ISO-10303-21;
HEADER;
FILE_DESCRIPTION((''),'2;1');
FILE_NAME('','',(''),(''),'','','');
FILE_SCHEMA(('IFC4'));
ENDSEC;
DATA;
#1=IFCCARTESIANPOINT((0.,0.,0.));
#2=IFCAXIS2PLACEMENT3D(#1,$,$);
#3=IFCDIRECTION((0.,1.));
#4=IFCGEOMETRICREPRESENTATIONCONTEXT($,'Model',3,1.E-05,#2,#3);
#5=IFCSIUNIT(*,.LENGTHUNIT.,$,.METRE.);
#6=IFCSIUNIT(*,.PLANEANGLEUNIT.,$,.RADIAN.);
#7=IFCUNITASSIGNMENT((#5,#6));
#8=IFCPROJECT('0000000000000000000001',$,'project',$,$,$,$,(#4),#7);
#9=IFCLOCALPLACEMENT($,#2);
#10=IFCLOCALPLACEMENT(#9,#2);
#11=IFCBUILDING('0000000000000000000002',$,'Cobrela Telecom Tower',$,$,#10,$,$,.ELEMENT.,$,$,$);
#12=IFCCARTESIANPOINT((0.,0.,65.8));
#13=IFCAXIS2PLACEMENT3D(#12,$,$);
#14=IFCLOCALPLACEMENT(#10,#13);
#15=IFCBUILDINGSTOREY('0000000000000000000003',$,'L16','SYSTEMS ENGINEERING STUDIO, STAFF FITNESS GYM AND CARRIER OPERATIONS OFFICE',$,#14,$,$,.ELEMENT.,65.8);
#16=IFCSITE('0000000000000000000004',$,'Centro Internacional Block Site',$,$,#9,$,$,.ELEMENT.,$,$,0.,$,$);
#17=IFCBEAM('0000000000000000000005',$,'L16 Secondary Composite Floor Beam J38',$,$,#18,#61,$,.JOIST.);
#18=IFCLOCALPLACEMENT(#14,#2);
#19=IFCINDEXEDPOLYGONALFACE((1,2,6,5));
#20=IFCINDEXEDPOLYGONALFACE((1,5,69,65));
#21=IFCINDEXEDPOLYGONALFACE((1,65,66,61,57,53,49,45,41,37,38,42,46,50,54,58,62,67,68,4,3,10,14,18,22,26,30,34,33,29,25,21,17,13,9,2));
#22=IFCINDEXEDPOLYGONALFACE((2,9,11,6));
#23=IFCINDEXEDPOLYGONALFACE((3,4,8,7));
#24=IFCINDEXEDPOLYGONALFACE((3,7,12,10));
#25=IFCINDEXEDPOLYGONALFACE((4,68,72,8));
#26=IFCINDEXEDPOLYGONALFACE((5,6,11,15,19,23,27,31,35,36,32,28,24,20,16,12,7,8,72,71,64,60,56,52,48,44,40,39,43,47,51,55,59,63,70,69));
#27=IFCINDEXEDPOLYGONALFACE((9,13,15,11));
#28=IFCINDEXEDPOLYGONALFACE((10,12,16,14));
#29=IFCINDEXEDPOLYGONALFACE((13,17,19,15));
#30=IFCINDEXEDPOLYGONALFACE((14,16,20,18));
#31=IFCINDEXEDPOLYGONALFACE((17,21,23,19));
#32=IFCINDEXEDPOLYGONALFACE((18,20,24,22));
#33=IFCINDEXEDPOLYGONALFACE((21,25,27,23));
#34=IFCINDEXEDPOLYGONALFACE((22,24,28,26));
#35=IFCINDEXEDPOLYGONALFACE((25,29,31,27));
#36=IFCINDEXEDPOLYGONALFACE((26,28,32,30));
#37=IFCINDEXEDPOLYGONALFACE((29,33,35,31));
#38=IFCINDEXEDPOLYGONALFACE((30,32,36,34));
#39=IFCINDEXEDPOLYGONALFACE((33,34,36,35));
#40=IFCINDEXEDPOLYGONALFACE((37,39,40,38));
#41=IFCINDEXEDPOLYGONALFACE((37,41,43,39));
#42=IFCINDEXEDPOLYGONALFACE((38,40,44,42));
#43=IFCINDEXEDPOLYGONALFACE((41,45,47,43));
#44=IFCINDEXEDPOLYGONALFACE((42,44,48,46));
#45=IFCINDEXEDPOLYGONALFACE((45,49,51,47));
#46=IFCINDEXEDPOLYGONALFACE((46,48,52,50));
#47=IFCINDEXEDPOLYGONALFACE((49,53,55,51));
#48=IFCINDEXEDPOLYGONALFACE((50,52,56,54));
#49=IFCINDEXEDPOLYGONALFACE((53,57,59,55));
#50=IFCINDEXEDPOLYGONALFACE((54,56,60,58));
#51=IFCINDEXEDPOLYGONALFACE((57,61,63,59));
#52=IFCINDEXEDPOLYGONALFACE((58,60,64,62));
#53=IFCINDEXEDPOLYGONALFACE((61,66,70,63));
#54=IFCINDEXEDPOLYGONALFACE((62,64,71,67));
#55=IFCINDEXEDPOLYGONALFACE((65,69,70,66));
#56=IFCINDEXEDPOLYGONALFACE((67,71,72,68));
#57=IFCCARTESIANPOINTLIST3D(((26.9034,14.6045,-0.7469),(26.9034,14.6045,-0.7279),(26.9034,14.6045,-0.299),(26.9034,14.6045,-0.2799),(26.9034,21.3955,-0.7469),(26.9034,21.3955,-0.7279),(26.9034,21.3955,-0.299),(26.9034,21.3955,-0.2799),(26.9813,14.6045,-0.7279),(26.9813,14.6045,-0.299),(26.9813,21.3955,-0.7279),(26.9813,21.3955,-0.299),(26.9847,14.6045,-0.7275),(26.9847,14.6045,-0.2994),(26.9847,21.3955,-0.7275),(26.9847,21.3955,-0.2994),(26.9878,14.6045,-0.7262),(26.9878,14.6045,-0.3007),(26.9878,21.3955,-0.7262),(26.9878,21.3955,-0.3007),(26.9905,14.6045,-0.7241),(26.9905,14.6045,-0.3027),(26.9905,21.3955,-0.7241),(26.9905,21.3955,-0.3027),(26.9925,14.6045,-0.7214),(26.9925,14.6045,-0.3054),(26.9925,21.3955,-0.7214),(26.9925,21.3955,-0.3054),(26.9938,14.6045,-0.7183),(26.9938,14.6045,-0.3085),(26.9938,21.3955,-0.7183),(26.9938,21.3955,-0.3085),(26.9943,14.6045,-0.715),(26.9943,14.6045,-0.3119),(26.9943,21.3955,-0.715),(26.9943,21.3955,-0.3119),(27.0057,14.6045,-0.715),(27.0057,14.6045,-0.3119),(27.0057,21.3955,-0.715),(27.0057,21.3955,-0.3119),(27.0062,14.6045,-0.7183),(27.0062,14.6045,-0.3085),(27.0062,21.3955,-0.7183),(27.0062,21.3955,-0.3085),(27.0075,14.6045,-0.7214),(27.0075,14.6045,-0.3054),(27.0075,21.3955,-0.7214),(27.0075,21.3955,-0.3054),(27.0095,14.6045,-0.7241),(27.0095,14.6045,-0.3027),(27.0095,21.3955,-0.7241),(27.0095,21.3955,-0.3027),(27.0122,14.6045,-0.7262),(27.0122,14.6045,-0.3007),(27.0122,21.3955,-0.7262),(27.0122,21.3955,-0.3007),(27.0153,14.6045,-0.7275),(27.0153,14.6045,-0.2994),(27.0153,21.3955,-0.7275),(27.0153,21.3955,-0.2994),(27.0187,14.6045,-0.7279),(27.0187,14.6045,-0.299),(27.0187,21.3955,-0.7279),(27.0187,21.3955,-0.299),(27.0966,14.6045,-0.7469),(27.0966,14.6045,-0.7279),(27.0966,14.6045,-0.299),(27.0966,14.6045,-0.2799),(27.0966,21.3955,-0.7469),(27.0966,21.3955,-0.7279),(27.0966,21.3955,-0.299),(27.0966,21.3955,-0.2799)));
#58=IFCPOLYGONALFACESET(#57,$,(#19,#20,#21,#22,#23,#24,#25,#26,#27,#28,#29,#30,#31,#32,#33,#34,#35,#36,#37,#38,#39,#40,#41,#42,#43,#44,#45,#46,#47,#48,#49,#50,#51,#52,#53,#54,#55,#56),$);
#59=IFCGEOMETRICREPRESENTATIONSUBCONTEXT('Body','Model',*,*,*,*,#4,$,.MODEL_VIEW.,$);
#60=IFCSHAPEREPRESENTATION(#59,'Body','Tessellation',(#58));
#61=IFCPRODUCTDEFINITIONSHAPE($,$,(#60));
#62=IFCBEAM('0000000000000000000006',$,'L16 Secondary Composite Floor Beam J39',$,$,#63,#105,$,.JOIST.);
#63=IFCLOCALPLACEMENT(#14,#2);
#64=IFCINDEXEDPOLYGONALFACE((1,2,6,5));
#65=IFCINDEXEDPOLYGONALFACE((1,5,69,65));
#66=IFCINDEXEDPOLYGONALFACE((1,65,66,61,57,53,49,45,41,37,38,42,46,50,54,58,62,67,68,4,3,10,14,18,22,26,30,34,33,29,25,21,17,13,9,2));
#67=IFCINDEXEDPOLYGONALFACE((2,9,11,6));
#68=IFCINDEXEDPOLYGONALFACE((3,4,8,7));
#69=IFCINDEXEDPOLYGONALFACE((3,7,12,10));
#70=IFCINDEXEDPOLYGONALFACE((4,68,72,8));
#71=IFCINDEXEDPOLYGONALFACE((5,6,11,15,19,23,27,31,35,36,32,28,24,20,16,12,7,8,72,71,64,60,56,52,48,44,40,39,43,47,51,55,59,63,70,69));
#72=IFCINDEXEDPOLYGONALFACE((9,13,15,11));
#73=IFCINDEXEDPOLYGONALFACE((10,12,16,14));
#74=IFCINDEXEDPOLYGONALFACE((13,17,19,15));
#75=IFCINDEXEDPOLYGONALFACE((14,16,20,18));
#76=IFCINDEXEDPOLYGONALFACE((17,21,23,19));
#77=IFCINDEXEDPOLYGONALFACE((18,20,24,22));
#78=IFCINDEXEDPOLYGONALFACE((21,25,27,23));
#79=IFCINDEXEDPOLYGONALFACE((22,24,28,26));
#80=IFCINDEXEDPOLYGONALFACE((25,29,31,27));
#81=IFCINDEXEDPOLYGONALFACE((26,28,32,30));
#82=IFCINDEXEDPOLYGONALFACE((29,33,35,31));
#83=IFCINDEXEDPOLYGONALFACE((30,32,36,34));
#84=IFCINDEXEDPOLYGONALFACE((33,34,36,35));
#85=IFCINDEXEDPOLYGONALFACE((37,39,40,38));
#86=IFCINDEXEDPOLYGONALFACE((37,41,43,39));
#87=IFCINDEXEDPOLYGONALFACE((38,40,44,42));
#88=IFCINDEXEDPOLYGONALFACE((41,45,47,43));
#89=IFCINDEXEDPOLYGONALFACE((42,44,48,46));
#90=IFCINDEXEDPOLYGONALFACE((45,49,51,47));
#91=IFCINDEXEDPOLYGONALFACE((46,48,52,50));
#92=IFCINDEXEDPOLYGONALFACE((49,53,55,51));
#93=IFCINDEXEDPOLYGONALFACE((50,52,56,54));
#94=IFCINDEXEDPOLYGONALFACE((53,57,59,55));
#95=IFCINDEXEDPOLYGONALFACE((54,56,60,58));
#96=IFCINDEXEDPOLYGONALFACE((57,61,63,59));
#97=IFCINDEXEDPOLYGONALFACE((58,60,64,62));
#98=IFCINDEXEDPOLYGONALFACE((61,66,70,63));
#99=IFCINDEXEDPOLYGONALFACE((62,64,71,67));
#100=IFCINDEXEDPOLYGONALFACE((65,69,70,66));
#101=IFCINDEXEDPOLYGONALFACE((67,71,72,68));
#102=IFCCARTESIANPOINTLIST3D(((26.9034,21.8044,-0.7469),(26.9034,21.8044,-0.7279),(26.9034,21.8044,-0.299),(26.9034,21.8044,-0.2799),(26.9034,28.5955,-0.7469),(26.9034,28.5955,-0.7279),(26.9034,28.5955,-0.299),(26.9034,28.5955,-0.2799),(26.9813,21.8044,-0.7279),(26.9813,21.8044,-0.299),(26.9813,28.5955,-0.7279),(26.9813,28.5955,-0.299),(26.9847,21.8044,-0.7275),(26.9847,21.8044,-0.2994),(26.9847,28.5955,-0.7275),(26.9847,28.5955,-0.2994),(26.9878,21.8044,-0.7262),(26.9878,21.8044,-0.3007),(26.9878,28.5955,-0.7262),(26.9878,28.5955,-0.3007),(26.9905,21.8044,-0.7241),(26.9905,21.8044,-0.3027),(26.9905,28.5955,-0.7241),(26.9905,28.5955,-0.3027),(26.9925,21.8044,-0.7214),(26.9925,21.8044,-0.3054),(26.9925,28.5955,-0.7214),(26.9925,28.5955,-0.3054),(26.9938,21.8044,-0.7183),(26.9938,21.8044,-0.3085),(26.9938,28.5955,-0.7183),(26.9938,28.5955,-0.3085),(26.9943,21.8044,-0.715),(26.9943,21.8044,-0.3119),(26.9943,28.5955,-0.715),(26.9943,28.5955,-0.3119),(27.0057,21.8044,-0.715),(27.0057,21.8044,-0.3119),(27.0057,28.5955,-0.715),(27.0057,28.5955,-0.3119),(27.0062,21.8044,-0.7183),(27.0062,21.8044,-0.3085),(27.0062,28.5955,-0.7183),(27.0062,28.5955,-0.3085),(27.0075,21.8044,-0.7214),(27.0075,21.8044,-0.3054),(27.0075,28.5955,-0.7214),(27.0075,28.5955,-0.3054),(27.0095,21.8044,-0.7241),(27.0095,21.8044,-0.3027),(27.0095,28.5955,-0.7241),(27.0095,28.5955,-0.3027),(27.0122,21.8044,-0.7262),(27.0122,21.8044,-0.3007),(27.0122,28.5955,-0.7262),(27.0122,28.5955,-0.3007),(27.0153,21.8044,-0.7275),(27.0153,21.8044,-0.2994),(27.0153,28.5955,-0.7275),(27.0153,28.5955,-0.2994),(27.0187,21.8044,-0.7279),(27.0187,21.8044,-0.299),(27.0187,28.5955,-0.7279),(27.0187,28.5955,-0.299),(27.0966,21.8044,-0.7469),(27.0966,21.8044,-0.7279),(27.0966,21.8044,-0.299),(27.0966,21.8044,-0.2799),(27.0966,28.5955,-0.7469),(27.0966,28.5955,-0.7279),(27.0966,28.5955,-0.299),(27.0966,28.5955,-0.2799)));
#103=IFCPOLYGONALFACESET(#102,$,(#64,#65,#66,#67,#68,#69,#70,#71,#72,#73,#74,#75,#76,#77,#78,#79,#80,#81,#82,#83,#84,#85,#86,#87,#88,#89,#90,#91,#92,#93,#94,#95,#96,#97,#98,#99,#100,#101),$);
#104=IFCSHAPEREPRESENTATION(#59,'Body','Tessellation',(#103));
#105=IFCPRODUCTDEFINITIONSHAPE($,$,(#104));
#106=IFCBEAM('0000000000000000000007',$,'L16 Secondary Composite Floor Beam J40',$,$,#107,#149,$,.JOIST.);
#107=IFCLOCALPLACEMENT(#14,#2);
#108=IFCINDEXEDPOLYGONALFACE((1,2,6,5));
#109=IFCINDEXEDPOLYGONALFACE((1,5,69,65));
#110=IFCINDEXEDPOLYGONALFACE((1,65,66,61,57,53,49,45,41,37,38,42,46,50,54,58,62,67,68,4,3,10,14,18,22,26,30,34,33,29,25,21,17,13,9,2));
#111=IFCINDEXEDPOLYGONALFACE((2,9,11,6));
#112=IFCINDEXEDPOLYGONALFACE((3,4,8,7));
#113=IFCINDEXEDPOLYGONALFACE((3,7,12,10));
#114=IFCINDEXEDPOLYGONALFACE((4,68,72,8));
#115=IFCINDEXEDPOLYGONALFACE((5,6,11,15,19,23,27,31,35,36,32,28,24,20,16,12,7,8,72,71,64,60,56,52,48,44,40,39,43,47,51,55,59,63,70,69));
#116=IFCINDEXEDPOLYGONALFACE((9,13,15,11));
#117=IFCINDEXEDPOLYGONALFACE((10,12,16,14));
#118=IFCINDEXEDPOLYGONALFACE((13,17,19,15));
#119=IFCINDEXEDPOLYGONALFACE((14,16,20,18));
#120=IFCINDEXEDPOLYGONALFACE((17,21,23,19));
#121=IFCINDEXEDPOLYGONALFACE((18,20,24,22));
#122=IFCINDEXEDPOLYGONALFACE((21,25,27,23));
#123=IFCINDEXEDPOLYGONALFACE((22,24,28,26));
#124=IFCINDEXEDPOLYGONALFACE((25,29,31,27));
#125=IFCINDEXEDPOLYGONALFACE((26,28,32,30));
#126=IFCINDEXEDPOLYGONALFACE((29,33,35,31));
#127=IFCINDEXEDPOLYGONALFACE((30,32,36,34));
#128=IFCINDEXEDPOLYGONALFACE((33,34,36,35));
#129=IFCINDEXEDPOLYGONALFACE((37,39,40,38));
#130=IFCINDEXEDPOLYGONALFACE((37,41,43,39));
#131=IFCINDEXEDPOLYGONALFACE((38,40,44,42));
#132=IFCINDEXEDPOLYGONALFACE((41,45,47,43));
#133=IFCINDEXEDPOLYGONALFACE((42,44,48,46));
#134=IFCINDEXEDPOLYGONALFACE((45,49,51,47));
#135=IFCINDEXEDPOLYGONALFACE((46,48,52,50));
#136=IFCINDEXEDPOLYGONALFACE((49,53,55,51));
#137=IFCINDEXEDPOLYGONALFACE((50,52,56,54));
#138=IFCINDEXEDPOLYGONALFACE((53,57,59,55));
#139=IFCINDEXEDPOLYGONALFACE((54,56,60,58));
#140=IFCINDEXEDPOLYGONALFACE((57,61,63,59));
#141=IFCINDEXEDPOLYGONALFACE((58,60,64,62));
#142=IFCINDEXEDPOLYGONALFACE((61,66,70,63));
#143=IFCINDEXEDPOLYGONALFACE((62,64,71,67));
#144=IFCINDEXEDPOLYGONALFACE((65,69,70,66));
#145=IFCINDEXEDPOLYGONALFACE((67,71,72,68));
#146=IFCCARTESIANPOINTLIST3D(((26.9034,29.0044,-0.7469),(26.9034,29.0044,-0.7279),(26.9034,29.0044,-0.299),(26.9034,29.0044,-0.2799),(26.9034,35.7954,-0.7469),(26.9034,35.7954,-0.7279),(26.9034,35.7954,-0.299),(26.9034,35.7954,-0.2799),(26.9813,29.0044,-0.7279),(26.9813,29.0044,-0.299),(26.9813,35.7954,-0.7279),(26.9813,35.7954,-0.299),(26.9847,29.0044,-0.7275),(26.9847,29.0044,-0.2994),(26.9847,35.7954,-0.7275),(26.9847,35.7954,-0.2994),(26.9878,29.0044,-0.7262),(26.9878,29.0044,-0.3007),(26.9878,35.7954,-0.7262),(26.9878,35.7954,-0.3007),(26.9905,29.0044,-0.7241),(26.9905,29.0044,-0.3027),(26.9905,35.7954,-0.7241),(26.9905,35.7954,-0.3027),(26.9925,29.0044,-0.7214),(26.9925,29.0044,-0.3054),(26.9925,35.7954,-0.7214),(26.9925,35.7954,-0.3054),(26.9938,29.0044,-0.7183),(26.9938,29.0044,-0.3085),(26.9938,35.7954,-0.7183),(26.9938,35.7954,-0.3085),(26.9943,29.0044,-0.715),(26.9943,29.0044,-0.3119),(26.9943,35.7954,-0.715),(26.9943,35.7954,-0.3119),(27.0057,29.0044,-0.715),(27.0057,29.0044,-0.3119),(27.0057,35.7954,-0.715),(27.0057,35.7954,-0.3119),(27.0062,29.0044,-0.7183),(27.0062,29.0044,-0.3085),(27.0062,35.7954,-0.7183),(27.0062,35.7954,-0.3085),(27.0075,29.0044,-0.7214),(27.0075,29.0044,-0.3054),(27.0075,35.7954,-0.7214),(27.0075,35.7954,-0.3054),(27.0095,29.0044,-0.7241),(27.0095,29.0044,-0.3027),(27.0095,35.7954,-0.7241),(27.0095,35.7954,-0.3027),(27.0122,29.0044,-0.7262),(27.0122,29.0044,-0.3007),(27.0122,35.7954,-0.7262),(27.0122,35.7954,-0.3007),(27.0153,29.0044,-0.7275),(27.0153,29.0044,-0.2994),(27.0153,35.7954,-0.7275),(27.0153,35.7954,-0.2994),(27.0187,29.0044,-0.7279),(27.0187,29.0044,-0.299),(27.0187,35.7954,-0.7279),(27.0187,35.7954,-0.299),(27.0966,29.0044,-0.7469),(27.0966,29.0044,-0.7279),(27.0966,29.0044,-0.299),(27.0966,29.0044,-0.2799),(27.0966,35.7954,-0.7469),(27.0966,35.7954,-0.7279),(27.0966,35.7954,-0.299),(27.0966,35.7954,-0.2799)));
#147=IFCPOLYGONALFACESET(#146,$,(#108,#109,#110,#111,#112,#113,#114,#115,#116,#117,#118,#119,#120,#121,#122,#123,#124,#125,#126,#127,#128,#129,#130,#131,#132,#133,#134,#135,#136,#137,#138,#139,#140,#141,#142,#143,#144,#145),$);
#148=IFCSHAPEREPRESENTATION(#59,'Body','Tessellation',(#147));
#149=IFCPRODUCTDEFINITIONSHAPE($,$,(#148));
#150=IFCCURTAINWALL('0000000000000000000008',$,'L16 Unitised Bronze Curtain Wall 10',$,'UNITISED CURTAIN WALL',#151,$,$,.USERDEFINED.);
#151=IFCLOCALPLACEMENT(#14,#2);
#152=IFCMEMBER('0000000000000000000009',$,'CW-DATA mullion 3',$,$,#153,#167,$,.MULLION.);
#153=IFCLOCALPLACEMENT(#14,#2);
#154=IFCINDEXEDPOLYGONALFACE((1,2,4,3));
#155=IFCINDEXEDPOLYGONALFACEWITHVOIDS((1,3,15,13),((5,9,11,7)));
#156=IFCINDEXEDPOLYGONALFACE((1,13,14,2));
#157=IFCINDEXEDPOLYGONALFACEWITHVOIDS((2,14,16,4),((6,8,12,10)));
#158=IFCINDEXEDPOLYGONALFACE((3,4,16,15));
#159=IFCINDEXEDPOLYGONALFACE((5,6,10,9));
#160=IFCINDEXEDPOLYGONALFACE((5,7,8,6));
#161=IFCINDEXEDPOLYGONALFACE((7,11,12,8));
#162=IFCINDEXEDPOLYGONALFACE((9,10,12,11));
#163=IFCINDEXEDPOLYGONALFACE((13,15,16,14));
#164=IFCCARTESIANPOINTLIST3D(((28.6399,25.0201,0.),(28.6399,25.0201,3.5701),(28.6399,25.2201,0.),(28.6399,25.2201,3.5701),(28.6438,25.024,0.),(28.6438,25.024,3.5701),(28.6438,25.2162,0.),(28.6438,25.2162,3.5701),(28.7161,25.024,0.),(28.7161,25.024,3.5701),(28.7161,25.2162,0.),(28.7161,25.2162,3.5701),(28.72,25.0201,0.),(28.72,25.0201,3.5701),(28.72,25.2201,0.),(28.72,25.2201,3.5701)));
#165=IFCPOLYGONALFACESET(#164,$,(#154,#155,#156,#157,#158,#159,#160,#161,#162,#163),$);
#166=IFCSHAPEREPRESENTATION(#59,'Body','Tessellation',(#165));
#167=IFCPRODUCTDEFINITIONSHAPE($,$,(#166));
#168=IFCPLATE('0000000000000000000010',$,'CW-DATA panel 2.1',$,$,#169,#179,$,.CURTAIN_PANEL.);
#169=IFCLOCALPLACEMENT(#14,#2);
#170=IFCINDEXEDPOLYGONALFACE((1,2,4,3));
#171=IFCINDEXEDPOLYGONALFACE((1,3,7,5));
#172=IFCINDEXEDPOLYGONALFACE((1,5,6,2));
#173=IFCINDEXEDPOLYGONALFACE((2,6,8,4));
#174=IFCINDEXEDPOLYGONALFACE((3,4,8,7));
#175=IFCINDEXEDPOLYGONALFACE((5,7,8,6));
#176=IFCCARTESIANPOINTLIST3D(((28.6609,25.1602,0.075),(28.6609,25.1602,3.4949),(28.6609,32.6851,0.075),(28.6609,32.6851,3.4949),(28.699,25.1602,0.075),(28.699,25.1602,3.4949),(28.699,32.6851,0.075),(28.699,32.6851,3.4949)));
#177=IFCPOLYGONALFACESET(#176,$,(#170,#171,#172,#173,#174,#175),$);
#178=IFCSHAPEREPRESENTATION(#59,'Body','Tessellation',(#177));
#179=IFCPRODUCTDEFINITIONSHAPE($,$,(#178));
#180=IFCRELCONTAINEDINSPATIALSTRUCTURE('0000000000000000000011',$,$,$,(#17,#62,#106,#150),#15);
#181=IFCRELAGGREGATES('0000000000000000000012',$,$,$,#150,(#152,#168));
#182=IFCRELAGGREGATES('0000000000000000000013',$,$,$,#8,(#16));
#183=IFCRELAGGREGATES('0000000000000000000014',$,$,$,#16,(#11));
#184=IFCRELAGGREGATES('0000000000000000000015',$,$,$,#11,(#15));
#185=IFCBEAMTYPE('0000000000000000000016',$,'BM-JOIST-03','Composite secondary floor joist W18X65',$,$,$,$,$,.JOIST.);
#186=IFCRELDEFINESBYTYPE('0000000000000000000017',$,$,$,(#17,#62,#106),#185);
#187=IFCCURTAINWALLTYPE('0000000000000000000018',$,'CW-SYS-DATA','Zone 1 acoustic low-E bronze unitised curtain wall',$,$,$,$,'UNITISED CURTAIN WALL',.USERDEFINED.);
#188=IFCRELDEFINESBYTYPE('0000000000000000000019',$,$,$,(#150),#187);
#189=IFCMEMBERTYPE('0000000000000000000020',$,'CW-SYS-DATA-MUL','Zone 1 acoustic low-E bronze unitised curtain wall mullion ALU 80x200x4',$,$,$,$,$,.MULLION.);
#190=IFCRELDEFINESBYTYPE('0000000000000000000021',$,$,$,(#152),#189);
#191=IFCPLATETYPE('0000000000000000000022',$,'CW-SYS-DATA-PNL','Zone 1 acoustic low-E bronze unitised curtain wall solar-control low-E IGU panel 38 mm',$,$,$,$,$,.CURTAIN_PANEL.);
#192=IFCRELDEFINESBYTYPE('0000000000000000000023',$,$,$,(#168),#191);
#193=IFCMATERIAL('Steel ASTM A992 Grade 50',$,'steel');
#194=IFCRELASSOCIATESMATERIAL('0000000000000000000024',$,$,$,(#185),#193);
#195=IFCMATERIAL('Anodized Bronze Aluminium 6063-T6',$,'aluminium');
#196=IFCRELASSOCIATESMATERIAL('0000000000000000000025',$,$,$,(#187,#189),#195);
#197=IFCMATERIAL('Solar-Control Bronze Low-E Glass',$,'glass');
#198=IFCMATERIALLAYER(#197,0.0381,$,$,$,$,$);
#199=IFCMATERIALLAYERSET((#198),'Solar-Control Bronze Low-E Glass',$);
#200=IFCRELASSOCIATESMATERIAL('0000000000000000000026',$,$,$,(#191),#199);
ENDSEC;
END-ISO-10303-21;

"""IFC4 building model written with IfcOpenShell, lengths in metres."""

from ifc_helpers import new_model, si_unit, direction, frame, origin, origin_2d, place, context, subcontext, project, spatial, rectangle, hollow_rectangle, i_section, extrude, material, layer, layer_set, material_profile, profile_set, type_object, element, aggregate, save


model = new_model("IFC4")

# Units and contexts
model_context = context("Model", 3, precision=1e-05, world=origin(), true_north=direction((0.0, 1.0)))
body_context = subcontext(model_context, "Body", "Model", "MODEL_VIEW")
ifc_project = project(units=[si_unit("LENGTHUNIT", "METRE"), si_unit("PLANEANGLEUNIT", "RADIAN")], contexts=[model_context])

# Site, building, storey
site_placement = place(None, origin())
site = spatial("IfcSite", under=ifc_project, at=site_placement, Name="Centro Internacional Block Site", CompositionType="ELEMENT", RefElevation=0.0)
building_placement = place(site_placement, origin())
building = spatial("IfcBuilding", under=site, at=building_placement, Name="Cobrela Telecom Tower", CompositionType="ELEMENT")
storey_placement = place(building_placement, frame((0.0, 0.0, 65.8)))
storey = spatial("IfcBuildingStorey", under=building, at=storey_placement, Name="L16", Description="SYSTEMS ENGINEERING STUDIO, STAFF FITNESS GYM AND CARRIER OPERATIONS OFFICE", CompositionType="ELEMENT", Elevation=65.8)

# Shared definitions
ifc_material_1 = material(Name="Steel ASTM A992 Grade 50", Category="steel")

# Beams
ifc_material_profile_1 = material_profile(ifc_material_1, i_section(OverallWidth=0.1931, OverallDepth=0.467, WebThickness=0.0115, FlangeThickness=0.019, FilletRadius=0.0129, at=origin_2d()), Name="W18X65")
ifc_profile_set_1 = profile_set([ifc_material_profile_1], Name="Steel ASTM A992 Grade 50")
beam_type_1 = type_object("IfcBeamType", Name="BM-JOIST-03", Description="Composite secondary floor joist W18X65", PredefinedType="JOIST", material=ifc_profile_set_1)
for number, where, z_axis, x_axis, name in (
    (1, (27.0, 14.6045, -0.5134), (0.0, 1.0, 0.0), (-1.0, 0.0, 0.0), "L16 Secondary Composite Floor Beam J38"),
    (2, (27.0, 21.8044, -0.5134), (0.0, 1.0, 0.0), (-1.0, 0.0, 0.0), "L16 Secondary Composite Floor Beam J39"),
    (3, (27.0, 29.0044, -0.5134), (0.0, 1.0, 0.0), (-1.0, 0.0, 0.0), "L16 Secondary Composite Floor Beam J40"),
):
    element("IfcBeam", number, at=place(storey_placement, frame(where, z_axis=z_axis, x_axis=x_axis)), inside=storey, type_object=beam_type_1, Name=name, PredefinedType="JOIST", context=body_context, shape_type="SweptSolid", body=[
        extrude(i_section(OverallWidth=0.1931, OverallDepth=0.467, WebThickness=0.0115, FlangeThickness=0.019, FilletRadius=0.0129, at=origin_2d()), origin(), (0.0, 0.0, 1.0), 6.791),
    ])

# Curtain wall, member, plate
ifc_material_2 = material(Name="Anodized Bronze Aluminium 6063-T6", Category="aluminium")
curtain_wall_type = type_object("IfcCurtainWallType", Name="CW-SYS-DATA", Description="Zone 1 acoustic low-E bronze unitised curtain wall", ElementType="UNITISED CURTAIN WALL", PredefinedType="USERDEFINED", material=ifc_material_2)
curtain_wall_placement = place(storey_placement, origin())
curtain_wall = element("IfcCurtainWall", 4, at=curtain_wall_placement, inside=storey, type_object=curtain_wall_type, Name="L16 Unitised Bronze Curtain Wall 10", ObjectType="UNITISED CURTAIN WALL", PredefinedType="USERDEFINED")
ifc_material_profile_2 = material_profile(ifc_material_2, hollow_rectangle(XDim=0.0801, YDim=0.2, WallThickness=0.0039, at=origin_2d()), Name="ALU 80x200x4")
ifc_profile_set_2 = profile_set([ifc_material_profile_2], Name="Anodized Bronze Aluminium 6063-T6")
member_type = type_object("IfcMemberType", Name="CW-SYS-DATA-MUL", Description="Zone 1 acoustic low-E bronze unitised curtain wall mullion ALU 80x200x4", PredefinedType="MULLION", material=ifc_profile_set_2)
member_placement = place(storey_placement, frame((28.6799, 25.1201, 0.0), z_axis=(0.0, 0.0, 1.0), x_axis=(1.0, 0.0, 0.0)))
member = element("IfcMember", 5, at=member_placement, type_object=member_type, Name="CW-DATA mullion 3", PredefinedType="MULLION", context=body_context, shape_type="SweptSolid", body=[
    extrude(hollow_rectangle(XDim=0.0801, YDim=0.2, WallThickness=0.0039, at=origin_2d()), origin(), (0.0, 0.0, 1.0), 3.5701),
])
ifc_material_3 = material(Name="Solar-Control Bronze Low-E Glass", Category="glass")
ifc_layer = layer(ifc_material_3, 0.0381)
ifc_layer_set = layer_set([ifc_layer], Name="Solar-Control Bronze Low-E Glass")
plate_type = type_object("IfcPlateType", Name="CW-SYS-DATA-PNL", Description="Zone 1 acoustic low-E bronze unitised curtain wall solar-control low-E IGU panel 38 mm", PredefinedType="CURTAIN_PANEL", material=ifc_layer_set)
plate_placement = place(storey_placement, frame((28.6799, 28.9226, 0.075), z_axis=(0.0, 0.0, 1.0), x_axis=(0.0, -1.0, 0.0)))
plate = element("IfcPlate", 6, at=plate_placement, type_object=plate_type, Name="CW-DATA panel 2.1", PredefinedType="CURTAIN_PANEL", context=body_context, shape_type="SweptSolid", body=[
    extrude(rectangle(XDim=7.5249, YDim=0.0381, at=origin_2d()), origin(), (0.0, 0.0, 1.0), 3.4199),
])
aggregate(curtain_wall, [member, plate])

save(model, "model.ifc")
